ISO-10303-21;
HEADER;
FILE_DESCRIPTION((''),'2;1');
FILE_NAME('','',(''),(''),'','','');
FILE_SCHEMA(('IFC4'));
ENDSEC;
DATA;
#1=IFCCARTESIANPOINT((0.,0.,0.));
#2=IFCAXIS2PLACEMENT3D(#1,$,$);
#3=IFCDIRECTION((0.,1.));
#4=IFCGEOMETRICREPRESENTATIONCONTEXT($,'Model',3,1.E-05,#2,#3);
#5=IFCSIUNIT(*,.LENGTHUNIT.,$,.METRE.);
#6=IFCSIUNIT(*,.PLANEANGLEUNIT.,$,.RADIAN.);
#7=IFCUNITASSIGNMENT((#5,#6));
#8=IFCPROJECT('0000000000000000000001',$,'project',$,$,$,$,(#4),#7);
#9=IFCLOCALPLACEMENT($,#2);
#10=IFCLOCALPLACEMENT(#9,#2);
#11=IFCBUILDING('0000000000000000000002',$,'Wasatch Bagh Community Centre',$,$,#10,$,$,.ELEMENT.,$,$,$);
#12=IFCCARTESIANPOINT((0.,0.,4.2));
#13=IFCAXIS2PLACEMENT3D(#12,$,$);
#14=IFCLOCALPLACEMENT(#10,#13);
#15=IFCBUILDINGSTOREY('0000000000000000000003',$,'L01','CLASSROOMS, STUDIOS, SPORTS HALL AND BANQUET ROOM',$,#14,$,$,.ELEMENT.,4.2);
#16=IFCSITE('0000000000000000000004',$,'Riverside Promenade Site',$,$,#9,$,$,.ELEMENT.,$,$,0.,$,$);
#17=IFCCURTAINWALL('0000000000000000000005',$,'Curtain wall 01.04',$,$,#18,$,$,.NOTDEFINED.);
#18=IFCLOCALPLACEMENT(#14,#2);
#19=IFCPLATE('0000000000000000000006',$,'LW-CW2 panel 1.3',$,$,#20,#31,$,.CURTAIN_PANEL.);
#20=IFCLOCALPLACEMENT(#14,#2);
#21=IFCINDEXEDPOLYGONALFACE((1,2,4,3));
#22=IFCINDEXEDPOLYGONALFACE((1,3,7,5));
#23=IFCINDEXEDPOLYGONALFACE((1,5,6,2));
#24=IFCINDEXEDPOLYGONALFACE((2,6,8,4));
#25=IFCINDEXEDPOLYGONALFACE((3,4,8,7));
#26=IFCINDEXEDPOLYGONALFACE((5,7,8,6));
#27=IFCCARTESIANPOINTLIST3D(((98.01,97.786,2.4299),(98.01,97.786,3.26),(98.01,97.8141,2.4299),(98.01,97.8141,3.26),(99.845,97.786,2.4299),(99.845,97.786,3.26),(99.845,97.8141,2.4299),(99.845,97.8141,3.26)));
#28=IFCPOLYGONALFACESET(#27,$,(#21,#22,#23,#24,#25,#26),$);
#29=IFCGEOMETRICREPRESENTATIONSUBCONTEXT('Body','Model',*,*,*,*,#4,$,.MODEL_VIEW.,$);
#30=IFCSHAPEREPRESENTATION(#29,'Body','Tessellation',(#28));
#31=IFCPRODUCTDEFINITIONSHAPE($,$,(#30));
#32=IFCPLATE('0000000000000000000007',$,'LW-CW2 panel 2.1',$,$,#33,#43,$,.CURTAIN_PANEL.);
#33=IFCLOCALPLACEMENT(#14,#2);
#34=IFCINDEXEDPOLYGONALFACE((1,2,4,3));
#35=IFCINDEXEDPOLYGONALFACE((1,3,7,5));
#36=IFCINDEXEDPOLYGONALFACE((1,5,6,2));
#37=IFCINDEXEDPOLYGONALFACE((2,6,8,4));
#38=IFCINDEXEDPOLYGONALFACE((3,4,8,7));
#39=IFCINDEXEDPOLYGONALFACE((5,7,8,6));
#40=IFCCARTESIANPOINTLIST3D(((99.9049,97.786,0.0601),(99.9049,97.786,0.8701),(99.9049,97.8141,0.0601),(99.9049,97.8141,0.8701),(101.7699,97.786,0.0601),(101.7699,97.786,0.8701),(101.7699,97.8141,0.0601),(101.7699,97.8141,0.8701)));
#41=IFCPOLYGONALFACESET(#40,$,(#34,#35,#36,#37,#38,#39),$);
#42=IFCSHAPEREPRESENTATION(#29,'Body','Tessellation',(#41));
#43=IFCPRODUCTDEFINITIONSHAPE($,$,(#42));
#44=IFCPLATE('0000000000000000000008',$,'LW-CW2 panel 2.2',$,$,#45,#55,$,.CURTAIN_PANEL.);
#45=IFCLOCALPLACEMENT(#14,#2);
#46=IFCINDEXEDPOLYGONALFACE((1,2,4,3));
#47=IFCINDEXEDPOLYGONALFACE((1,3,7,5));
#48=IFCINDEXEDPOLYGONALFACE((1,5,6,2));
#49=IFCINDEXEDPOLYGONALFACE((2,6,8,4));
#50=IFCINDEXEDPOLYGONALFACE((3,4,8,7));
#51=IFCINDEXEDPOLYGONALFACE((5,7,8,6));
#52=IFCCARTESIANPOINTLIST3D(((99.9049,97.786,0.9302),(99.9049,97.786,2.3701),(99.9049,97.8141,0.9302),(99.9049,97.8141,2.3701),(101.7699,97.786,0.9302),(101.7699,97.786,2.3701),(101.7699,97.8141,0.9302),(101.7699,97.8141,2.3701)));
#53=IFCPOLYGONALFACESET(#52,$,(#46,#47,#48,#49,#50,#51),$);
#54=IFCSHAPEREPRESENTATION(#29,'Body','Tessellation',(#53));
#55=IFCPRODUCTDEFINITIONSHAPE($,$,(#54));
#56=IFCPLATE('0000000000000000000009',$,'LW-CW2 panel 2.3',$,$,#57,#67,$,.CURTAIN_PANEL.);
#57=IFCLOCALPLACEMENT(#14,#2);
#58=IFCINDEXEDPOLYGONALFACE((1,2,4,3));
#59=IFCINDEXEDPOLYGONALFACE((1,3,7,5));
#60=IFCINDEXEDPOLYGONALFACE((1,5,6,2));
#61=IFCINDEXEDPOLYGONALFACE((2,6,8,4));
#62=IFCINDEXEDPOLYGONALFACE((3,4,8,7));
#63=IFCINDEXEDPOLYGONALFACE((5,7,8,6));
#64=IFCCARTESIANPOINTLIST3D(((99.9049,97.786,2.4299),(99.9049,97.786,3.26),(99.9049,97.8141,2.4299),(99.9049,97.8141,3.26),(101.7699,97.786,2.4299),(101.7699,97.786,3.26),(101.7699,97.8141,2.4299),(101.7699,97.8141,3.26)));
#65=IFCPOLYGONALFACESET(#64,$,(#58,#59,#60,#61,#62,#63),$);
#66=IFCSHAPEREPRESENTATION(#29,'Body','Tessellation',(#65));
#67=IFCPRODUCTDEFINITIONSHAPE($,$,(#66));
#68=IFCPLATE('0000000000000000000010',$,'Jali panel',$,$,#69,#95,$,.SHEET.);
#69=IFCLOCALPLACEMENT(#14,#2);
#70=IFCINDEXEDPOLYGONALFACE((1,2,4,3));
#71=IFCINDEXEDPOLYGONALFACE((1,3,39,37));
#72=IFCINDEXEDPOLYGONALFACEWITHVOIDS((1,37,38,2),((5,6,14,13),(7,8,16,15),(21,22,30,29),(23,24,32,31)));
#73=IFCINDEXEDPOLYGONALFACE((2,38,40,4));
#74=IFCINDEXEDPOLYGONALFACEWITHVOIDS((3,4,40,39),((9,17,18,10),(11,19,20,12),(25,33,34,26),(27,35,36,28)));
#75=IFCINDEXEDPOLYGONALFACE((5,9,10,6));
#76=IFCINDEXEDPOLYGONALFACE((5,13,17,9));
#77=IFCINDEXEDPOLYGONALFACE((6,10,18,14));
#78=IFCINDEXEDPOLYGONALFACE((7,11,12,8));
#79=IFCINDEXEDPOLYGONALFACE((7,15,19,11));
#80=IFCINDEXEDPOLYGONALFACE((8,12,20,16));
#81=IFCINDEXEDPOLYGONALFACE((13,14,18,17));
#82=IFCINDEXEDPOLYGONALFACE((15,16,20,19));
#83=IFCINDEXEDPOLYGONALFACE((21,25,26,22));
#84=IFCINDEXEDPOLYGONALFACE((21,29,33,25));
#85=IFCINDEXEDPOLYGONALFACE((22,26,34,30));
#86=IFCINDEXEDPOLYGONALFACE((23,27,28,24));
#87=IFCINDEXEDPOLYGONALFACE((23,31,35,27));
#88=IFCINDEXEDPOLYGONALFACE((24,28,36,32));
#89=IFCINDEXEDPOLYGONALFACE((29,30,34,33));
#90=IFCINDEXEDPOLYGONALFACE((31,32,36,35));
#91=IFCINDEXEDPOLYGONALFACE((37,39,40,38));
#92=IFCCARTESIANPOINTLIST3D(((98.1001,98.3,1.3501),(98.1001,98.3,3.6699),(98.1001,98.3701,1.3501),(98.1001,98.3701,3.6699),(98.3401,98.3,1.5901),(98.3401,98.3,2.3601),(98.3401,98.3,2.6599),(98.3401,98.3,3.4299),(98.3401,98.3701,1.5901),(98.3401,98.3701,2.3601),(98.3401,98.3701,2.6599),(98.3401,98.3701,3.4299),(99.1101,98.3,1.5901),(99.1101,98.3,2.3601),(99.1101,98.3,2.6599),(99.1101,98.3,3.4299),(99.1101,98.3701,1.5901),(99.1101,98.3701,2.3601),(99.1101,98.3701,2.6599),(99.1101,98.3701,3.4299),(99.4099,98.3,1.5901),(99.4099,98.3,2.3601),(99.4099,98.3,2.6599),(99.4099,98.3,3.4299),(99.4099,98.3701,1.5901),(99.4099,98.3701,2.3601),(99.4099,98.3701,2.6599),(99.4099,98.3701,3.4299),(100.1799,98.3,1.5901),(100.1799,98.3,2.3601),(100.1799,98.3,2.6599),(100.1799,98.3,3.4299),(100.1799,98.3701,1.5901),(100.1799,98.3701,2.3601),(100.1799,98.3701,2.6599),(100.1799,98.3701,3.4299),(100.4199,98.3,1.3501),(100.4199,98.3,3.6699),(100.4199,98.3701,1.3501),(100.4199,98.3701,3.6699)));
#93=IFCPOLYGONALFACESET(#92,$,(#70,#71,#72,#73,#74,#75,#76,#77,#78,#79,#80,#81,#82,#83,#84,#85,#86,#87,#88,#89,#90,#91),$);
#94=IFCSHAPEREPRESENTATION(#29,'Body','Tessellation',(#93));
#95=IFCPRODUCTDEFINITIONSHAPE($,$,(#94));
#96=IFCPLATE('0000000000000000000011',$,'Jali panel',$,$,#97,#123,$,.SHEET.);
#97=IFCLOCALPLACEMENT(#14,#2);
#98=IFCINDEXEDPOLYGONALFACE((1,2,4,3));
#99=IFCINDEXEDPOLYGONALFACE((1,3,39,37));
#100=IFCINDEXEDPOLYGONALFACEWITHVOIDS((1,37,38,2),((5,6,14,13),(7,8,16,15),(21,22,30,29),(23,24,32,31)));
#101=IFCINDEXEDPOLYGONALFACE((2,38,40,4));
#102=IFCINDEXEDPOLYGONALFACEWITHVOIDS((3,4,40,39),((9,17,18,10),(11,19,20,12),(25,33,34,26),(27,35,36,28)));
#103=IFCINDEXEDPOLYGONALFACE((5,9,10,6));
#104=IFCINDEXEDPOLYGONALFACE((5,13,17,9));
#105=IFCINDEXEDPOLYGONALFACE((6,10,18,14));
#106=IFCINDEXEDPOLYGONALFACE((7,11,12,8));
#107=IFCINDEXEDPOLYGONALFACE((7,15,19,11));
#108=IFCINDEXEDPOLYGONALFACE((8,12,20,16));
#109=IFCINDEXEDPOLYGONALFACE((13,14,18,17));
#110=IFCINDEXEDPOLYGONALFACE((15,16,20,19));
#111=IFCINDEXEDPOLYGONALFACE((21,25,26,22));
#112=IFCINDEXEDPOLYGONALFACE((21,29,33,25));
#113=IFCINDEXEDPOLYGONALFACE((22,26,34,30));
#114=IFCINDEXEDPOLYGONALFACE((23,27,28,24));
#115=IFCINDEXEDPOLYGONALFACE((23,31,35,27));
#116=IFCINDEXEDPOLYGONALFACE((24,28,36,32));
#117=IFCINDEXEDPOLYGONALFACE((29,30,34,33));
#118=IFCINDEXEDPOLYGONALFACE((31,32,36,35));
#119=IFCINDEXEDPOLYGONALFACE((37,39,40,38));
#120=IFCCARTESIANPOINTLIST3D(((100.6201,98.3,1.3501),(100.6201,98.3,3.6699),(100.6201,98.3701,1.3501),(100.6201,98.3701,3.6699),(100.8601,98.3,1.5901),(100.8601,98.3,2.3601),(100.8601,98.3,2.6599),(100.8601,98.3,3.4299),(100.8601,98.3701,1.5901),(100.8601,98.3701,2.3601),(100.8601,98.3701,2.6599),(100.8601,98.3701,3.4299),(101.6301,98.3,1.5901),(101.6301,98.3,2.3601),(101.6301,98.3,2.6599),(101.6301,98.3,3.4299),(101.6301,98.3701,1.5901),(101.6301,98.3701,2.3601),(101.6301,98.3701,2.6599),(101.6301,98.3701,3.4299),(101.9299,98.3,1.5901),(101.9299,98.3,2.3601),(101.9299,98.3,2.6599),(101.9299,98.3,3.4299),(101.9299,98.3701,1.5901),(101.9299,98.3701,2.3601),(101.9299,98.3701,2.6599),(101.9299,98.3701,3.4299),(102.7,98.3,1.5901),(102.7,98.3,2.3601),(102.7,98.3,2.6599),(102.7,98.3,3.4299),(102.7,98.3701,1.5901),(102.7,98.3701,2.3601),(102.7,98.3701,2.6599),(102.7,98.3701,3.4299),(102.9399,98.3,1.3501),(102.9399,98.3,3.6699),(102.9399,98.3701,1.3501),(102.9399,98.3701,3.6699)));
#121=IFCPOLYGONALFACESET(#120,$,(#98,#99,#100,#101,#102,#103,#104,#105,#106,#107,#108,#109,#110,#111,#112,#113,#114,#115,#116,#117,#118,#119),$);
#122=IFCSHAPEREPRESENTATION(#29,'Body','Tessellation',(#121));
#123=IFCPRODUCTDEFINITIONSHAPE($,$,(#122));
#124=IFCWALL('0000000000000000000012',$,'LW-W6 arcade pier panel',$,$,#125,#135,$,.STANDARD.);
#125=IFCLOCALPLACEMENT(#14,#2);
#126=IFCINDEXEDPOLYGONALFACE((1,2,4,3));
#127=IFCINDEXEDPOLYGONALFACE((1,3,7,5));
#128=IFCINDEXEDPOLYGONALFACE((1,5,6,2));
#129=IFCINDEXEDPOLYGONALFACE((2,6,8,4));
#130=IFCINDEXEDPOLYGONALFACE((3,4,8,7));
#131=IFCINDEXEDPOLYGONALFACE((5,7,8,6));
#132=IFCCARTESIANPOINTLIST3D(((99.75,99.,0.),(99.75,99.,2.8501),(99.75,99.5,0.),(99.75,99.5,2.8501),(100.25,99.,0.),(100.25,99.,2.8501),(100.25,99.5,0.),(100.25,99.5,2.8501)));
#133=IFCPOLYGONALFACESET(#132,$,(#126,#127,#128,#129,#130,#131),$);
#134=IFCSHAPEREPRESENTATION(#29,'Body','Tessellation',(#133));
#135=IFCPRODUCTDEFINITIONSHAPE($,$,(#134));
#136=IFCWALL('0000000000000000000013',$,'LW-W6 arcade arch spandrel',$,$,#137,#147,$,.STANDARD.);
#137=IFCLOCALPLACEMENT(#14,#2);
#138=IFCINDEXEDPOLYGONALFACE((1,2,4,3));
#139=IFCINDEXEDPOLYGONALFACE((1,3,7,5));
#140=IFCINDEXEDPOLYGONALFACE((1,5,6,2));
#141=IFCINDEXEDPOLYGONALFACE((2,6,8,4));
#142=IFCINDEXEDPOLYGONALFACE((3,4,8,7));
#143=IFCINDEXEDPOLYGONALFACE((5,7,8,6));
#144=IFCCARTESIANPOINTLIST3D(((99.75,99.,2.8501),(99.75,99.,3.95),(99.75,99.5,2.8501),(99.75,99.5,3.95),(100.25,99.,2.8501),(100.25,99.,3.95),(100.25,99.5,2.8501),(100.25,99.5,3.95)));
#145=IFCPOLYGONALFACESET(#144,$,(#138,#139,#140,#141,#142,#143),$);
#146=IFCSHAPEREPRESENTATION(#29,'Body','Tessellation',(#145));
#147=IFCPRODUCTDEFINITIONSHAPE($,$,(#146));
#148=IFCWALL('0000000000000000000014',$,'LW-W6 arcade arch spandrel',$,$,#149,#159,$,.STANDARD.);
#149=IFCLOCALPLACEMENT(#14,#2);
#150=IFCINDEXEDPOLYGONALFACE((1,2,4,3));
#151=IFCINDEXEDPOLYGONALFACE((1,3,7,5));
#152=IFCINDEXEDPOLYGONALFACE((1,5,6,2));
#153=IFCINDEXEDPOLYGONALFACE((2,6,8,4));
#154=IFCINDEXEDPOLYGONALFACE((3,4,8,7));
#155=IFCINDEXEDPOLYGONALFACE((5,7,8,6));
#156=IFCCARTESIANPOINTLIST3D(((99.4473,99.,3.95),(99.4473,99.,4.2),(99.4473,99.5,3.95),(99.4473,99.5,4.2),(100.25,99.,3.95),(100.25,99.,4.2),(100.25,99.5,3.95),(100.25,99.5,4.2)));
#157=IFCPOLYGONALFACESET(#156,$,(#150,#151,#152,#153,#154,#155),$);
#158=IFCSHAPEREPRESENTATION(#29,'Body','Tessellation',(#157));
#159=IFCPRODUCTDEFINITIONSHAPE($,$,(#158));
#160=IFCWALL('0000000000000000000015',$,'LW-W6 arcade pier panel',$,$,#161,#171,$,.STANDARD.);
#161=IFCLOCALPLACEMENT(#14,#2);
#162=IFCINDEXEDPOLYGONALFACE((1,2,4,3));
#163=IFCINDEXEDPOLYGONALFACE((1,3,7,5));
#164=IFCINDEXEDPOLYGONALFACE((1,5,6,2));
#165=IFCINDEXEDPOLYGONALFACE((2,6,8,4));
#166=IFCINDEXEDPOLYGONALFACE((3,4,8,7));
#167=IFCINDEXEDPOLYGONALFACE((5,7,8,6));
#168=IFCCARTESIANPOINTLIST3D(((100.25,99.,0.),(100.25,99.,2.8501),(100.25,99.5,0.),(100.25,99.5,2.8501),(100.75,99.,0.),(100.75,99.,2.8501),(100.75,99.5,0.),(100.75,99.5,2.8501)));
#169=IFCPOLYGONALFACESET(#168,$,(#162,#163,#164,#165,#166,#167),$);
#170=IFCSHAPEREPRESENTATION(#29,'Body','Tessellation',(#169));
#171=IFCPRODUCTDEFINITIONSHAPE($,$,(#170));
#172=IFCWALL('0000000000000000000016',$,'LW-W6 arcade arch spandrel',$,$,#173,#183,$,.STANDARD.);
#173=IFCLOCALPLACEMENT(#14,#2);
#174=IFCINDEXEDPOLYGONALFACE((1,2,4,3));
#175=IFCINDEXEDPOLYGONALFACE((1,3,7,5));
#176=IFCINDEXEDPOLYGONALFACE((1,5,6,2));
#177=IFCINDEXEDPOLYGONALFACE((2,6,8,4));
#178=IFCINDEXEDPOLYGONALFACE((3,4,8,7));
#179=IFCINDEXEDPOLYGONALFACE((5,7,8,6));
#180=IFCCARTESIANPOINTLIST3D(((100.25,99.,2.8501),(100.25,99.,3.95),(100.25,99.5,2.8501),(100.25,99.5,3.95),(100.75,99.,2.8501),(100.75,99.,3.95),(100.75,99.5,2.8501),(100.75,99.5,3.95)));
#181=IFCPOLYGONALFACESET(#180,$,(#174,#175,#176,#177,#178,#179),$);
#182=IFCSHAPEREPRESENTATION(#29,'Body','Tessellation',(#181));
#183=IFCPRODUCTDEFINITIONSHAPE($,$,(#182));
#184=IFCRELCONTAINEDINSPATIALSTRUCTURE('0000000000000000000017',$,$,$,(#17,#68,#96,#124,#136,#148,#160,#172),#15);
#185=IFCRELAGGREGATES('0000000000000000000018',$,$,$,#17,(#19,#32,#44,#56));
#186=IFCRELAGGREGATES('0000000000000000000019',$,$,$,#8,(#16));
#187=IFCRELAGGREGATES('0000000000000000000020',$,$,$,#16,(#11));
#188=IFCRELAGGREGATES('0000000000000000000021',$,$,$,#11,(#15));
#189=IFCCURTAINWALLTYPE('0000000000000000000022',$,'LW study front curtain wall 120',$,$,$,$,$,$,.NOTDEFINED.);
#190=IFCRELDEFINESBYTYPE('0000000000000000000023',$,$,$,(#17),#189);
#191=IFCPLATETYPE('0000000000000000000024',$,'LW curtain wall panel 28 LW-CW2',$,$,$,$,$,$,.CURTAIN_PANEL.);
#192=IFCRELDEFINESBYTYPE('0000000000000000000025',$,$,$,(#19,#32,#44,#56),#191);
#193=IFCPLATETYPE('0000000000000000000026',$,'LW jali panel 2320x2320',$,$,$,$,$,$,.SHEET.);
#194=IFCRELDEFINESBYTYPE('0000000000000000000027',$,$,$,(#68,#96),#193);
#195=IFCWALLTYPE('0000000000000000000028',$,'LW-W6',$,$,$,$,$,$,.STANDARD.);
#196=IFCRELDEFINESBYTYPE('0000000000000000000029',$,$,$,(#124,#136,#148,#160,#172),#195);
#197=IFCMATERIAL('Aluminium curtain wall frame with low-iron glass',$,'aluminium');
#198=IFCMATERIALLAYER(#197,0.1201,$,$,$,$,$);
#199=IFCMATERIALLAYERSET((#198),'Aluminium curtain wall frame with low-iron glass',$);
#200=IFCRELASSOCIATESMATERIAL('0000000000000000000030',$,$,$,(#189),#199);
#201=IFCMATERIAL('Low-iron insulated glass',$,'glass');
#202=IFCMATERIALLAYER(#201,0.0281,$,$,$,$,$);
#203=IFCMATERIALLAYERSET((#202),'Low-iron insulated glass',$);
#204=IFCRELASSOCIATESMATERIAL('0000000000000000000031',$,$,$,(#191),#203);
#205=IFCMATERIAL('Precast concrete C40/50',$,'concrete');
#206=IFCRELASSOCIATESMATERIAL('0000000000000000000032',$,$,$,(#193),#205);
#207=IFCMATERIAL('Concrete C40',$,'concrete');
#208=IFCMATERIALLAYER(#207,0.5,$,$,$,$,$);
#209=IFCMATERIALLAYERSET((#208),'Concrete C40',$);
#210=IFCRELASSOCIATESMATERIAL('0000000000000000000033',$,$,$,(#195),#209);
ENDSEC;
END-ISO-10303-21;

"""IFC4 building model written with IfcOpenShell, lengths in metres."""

from ifc_helpers import new_model, si_unit, direction, frame, frame_2d, origin, origin_2d, place, context, subcontext, project, spatial, polyline, rectangle, outline, extrude, material, layer, layer_set, material_profile, profile_set, type_object, element, aggregate, save


model = new_model("IFC4")

# Units and contexts
model_context = context("Model", 3, precision=1e-05, world=origin(), true_north=direction((0.0, 1.0)))
body_context = subcontext(model_context, "Body", "Model", "MODEL_VIEW")
ifc_project = project(units=[si_unit("LENGTHUNIT", "METRE"), si_unit("PLANEANGLEUNIT", "RADIAN")], contexts=[model_context])

# Site, building, storey
site_placement = place(None, origin())
site = spatial("IfcSite", under=ifc_project, at=site_placement, Name="Riverside Promenade Site", CompositionType="ELEMENT", RefElevation=0.0)
building_placement = place(site_placement, origin())
building = spatial("IfcBuilding", under=site, at=building_placement, Name="Wasatch Bagh Community Centre", CompositionType="ELEMENT")
storey_placement = place(building_placement, frame((0.0, 0.0, 4.2)))
storey = spatial("IfcBuildingStorey", under=building, at=storey_placement, Name="L01", Description="CLASSROOMS, STUDIOS, SPORTS HALL AND BANQUET ROOM", CompositionType="ELEMENT", Elevation=4.2)

# Curtain wall, plates
ifc_material_1 = material(Name="Aluminium curtain wall frame with low-iron glass", Category="aluminium")
ifc_layer_1 = layer(ifc_material_1, 0.1201)
ifc_layer_set_1 = layer_set([ifc_layer_1], Name="Aluminium curtain wall frame with low-iron glass")
curtain_wall_type = type_object("IfcCurtainWallType", Name="LW study front curtain wall 120", PredefinedType="NOTDEFINED", material=ifc_layer_set_1)
curtain_wall_placement = place(storey_placement, origin())
curtain_wall = element("IfcCurtainWall", 1, at=curtain_wall_placement, inside=storey, type_object=curtain_wall_type, Name="Curtain wall 01.04", PredefinedType="NOTDEFINED")
ifc_material_2 = material(Name="Low-iron insulated glass", Category="glass")
ifc_layer_2 = layer(ifc_material_2, 0.0281)
ifc_layer_set_2 = layer_set([ifc_layer_2], Name="Low-iron insulated glass")
plate_type_1 = type_object("IfcPlateType", Name="LW curtain wall panel 28 LW-CW2", PredefinedType="CURTAIN_PANEL", material=ifc_layer_set_2)
plate_1_placement = place(storey_placement, frame((98.9275, 97.8, 2.4299), z_axis=(0.0, 0.0, 1.0), x_axis=(1.0, 0.0, 0.0)))
plate_1 = element("IfcPlate", 2, at=plate_1_placement, type_object=plate_type_1, Name="LW-CW2 panel 1.3", PredefinedType="CURTAIN_PANEL", context=body_context, shape_type="SweptSolid", body=[
    extrude(rectangle(XDim=1.835, YDim=0.0281, at=origin_2d()), origin(), (0.0, 0.0, 1.0), 0.8301),
])
plate_2_placement = place(storey_placement, frame((100.8374, 97.8, 0.0601), z_axis=(0.0, 0.0, 1.0), x_axis=(1.0, 0.0, 0.0)))
plate_2 = element("IfcPlate", 3, at=plate_2_placement, type_object=plate_type_1, Name="LW-CW2 panel 2.1", PredefinedType="CURTAIN_PANEL", context=body_context, shape_type="SweptSolid", body=[
    extrude(rectangle(XDim=1.865, YDim=0.0281, at=origin_2d()), origin(), (0.0, 0.0, 1.0), 0.8101),
])
plate_3_placement = place(storey_placement, frame((100.8374, 97.8, 0.9302), z_axis=(0.0, 0.0, 1.0), x_axis=(1.0, 0.0, 0.0)))
plate_3 = element("IfcPlate", 4, at=plate_3_placement, type_object=plate_type_1, Name="LW-CW2 panel 2.2", PredefinedType="CURTAIN_PANEL", context=body_context, shape_type="SweptSolid", body=[
    extrude(rectangle(XDim=1.865, YDim=0.0281, at=origin_2d()), origin(), (0.0, 0.0, 1.0), 1.4399),
])
plate_4_placement = place(storey_placement, frame((100.8374, 97.8, 2.4299), z_axis=(0.0, 0.0, 1.0), x_axis=(1.0, 0.0, 0.0)))
plate_4 = element("IfcPlate", 5, at=plate_4_placement, type_object=plate_type_1, Name="LW-CW2 panel 2.3", PredefinedType="CURTAIN_PANEL", context=body_context, shape_type="SweptSolid", body=[
    extrude(rectangle(XDim=1.865, YDim=0.0281, at=origin_2d()), origin(), (0.0, 0.0, 1.0), 0.8301),
])
aggregate(curtain_wall, [plate_1, plate_2, plate_3, plate_4])

# Plates
ifc_material_3 = material(Name="Precast concrete C40/50", Category="concrete")
ifc_material_profile_1 = material_profile(ifc_material_3, outline(polyline([(-1.1599, -1.1599), (1.1599, -1.1599), (1.1599, 1.1599), (-1.1599, 1.1599), (-1.1599, -1.1599)]), holes=[polyline([(-0.9199, -0.9199), (-0.1499, -0.9199), (-0.1499, -0.1499), (-0.9199, -0.1499), (-0.9199, -0.9199)]), polyline([(-0.9199, 0.1499), (-0.1499, 0.1499), (-0.1499, 0.9199), (-0.9199, 0.9199), (-0.9199, 0.1499)]), polyline([(0.1499, -0.9199), (0.9199, -0.9199), (0.9199, -0.1499), (0.1499, -0.1499), (0.1499, -0.9199)]), polyline([(0.1499, 0.1499), (0.9199, 0.1499), (0.9199, 0.9199), (0.1499, 0.9199), (0.1499, 0.1499)])]), Name="Jali lattice")
ifc_profile_set_1 = profile_set([ifc_material_profile_1], Name="Precast concrete C40/50")
plate_type_2 = type_object("IfcPlateType", Name="LW jali panel 2320x2320", PredefinedType="SHEET", material=ifc_profile_set_1)
for number, where, z_axis, x_axis, name in (
    (6, (99.26, 98.3, 2.51), (0.0, 1.0, 0.0), (-1.0, 0.0, 0.0), "Jali panel"),
    (7, (101.78, 98.3, 2.51), (0.0, 1.0, 0.0), (-1.0, 0.0, 0.0), "Jali panel"),
):
    element("IfcPlate", number, at=place(storey_placement, frame(where, z_axis=z_axis, x_axis=x_axis)), inside=storey, type_object=plate_type_2, Name=name, PredefinedType="SHEET", context=body_context, shape_type="SweptSolid", body=[
        extrude(outline(polyline([(-1.1599, -1.1599), (1.1599, -1.1599), (1.1599, 1.1599), (-1.1599, 1.1599), (-1.1599, -1.1599)]), holes=[polyline([(-0.9199, -0.9199), (-0.1499, -0.9199), (-0.1499, -0.1499), (-0.9199, -0.1499), (-0.9199, -0.9199)]), polyline([(-0.9199, 0.1499), (-0.1499, 0.1499), (-0.1499, 0.9199), (-0.9199, 0.9199), (-0.9199, 0.1499)]), polyline([(0.1499, -0.9199), (0.9199, -0.9199), (0.9199, -0.1499), (0.1499, -0.1499), (0.1499, -0.9199)]), polyline([(0.1499, 0.1499), (0.9199, 0.1499), (0.9199, 0.9199), (0.1499, 0.9199), (0.1499, 0.1499)])]), origin(), (0.0, 0.0, 1.0), 0.0701),
    ])

# Walls
ifc_material_4 = material(Name="Concrete C40", Category="concrete")
ifc_layer_3 = layer(ifc_material_4, 0.5)
ifc_layer_set_3 = layer_set([ifc_layer_3], Name="Concrete C40")
wall_type = type_object("IfcWallType", Name="LW-W6", PredefinedType="STANDARD", material=ifc_layer_set_3)
wall_1_placement = place(storey_placement, frame((100.25, 99.25, 0.0), z_axis=(0.0, 0.0, 1.0), x_axis=(-1.0, 0.0, 0.0)))
element("IfcWall", 8, at=wall_1_placement, inside=storey, type_object=wall_type, Name="LW-W6 arcade pier panel", PredefinedType="STANDARD", context=body_context, shape_type="SweptSolid", body=[
    extrude(rectangle(XDim=0.5, YDim=0.5, at=frame_2d((0.25, 0.0))), origin(), (0.0, 0.0, 1.0), 2.8501),
])
wall_2_placement = place(storey_placement, frame((100.25, 99.25, 2.8501), z_axis=(0.0, 0.0, 1.0), x_axis=(-1.0, 0.0, 0.0)))
element("IfcWall", 9, at=wall_2_placement, inside=storey, type_object=wall_type, Name="LW-W6 arcade arch spandrel", PredefinedType="STANDARD", context=body_context, shape_type="SweptSolid", body=[
    extrude(rectangle(XDim=0.5, YDim=0.5, at=frame_2d((0.25, 0.0))), origin(), (0.0, 0.0, 1.0), 1.0999),
])
wall_3_placement = place(storey_placement, frame((100.25, 99.25, 3.95), z_axis=(0.0, 0.0, 1.0), x_axis=(-1.0, 0.0, 0.0)))
element("IfcWall", 10, at=wall_3_placement, inside=storey, type_object=wall_type, Name="LW-W6 arcade arch spandrel", PredefinedType="STANDARD", context=body_context, shape_type="SweptSolid", body=[
    extrude(rectangle(XDim=0.8027, YDim=0.5, at=frame_2d((0.4014, 0.0))), origin(), (0.0, 0.0, 1.0), 0.25),
])
wall_4_placement = place(storey_placement, frame((100.25, 99.25, 0.0), z_axis=(0.0, 0.0, 1.0), x_axis=(1.0, 0.0, 0.0)))
element("IfcWall", 11, at=wall_4_placement, inside=storey, type_object=wall_type, Name="LW-W6 arcade pier panel", PredefinedType="STANDARD", context=body_context, shape_type="SweptSolid", body=[
    extrude(rectangle(XDim=0.5, YDim=0.5, at=frame_2d((0.25, 0.0))), origin(), (0.0, 0.0, 1.0), 2.8501),
])
wall_5_placement = place(storey_placement, frame((100.25, 99.25, 2.8501), z_axis=(0.0, 0.0, 1.0), x_axis=(1.0, 0.0, 0.0)))
element("IfcWall", 12, at=wall_5_placement, inside=storey, type_object=wall_type, Name="LW-W6 arcade arch spandrel", PredefinedType="STANDARD", context=body_context, shape_type="SweptSolid", body=[
    extrude(rectangle(XDim=0.5, YDim=0.5, at=frame_2d((0.25, 0.0))), origin(), (0.0, 0.0, 1.0), 1.0999),
])

save(model, "model.ifc")
